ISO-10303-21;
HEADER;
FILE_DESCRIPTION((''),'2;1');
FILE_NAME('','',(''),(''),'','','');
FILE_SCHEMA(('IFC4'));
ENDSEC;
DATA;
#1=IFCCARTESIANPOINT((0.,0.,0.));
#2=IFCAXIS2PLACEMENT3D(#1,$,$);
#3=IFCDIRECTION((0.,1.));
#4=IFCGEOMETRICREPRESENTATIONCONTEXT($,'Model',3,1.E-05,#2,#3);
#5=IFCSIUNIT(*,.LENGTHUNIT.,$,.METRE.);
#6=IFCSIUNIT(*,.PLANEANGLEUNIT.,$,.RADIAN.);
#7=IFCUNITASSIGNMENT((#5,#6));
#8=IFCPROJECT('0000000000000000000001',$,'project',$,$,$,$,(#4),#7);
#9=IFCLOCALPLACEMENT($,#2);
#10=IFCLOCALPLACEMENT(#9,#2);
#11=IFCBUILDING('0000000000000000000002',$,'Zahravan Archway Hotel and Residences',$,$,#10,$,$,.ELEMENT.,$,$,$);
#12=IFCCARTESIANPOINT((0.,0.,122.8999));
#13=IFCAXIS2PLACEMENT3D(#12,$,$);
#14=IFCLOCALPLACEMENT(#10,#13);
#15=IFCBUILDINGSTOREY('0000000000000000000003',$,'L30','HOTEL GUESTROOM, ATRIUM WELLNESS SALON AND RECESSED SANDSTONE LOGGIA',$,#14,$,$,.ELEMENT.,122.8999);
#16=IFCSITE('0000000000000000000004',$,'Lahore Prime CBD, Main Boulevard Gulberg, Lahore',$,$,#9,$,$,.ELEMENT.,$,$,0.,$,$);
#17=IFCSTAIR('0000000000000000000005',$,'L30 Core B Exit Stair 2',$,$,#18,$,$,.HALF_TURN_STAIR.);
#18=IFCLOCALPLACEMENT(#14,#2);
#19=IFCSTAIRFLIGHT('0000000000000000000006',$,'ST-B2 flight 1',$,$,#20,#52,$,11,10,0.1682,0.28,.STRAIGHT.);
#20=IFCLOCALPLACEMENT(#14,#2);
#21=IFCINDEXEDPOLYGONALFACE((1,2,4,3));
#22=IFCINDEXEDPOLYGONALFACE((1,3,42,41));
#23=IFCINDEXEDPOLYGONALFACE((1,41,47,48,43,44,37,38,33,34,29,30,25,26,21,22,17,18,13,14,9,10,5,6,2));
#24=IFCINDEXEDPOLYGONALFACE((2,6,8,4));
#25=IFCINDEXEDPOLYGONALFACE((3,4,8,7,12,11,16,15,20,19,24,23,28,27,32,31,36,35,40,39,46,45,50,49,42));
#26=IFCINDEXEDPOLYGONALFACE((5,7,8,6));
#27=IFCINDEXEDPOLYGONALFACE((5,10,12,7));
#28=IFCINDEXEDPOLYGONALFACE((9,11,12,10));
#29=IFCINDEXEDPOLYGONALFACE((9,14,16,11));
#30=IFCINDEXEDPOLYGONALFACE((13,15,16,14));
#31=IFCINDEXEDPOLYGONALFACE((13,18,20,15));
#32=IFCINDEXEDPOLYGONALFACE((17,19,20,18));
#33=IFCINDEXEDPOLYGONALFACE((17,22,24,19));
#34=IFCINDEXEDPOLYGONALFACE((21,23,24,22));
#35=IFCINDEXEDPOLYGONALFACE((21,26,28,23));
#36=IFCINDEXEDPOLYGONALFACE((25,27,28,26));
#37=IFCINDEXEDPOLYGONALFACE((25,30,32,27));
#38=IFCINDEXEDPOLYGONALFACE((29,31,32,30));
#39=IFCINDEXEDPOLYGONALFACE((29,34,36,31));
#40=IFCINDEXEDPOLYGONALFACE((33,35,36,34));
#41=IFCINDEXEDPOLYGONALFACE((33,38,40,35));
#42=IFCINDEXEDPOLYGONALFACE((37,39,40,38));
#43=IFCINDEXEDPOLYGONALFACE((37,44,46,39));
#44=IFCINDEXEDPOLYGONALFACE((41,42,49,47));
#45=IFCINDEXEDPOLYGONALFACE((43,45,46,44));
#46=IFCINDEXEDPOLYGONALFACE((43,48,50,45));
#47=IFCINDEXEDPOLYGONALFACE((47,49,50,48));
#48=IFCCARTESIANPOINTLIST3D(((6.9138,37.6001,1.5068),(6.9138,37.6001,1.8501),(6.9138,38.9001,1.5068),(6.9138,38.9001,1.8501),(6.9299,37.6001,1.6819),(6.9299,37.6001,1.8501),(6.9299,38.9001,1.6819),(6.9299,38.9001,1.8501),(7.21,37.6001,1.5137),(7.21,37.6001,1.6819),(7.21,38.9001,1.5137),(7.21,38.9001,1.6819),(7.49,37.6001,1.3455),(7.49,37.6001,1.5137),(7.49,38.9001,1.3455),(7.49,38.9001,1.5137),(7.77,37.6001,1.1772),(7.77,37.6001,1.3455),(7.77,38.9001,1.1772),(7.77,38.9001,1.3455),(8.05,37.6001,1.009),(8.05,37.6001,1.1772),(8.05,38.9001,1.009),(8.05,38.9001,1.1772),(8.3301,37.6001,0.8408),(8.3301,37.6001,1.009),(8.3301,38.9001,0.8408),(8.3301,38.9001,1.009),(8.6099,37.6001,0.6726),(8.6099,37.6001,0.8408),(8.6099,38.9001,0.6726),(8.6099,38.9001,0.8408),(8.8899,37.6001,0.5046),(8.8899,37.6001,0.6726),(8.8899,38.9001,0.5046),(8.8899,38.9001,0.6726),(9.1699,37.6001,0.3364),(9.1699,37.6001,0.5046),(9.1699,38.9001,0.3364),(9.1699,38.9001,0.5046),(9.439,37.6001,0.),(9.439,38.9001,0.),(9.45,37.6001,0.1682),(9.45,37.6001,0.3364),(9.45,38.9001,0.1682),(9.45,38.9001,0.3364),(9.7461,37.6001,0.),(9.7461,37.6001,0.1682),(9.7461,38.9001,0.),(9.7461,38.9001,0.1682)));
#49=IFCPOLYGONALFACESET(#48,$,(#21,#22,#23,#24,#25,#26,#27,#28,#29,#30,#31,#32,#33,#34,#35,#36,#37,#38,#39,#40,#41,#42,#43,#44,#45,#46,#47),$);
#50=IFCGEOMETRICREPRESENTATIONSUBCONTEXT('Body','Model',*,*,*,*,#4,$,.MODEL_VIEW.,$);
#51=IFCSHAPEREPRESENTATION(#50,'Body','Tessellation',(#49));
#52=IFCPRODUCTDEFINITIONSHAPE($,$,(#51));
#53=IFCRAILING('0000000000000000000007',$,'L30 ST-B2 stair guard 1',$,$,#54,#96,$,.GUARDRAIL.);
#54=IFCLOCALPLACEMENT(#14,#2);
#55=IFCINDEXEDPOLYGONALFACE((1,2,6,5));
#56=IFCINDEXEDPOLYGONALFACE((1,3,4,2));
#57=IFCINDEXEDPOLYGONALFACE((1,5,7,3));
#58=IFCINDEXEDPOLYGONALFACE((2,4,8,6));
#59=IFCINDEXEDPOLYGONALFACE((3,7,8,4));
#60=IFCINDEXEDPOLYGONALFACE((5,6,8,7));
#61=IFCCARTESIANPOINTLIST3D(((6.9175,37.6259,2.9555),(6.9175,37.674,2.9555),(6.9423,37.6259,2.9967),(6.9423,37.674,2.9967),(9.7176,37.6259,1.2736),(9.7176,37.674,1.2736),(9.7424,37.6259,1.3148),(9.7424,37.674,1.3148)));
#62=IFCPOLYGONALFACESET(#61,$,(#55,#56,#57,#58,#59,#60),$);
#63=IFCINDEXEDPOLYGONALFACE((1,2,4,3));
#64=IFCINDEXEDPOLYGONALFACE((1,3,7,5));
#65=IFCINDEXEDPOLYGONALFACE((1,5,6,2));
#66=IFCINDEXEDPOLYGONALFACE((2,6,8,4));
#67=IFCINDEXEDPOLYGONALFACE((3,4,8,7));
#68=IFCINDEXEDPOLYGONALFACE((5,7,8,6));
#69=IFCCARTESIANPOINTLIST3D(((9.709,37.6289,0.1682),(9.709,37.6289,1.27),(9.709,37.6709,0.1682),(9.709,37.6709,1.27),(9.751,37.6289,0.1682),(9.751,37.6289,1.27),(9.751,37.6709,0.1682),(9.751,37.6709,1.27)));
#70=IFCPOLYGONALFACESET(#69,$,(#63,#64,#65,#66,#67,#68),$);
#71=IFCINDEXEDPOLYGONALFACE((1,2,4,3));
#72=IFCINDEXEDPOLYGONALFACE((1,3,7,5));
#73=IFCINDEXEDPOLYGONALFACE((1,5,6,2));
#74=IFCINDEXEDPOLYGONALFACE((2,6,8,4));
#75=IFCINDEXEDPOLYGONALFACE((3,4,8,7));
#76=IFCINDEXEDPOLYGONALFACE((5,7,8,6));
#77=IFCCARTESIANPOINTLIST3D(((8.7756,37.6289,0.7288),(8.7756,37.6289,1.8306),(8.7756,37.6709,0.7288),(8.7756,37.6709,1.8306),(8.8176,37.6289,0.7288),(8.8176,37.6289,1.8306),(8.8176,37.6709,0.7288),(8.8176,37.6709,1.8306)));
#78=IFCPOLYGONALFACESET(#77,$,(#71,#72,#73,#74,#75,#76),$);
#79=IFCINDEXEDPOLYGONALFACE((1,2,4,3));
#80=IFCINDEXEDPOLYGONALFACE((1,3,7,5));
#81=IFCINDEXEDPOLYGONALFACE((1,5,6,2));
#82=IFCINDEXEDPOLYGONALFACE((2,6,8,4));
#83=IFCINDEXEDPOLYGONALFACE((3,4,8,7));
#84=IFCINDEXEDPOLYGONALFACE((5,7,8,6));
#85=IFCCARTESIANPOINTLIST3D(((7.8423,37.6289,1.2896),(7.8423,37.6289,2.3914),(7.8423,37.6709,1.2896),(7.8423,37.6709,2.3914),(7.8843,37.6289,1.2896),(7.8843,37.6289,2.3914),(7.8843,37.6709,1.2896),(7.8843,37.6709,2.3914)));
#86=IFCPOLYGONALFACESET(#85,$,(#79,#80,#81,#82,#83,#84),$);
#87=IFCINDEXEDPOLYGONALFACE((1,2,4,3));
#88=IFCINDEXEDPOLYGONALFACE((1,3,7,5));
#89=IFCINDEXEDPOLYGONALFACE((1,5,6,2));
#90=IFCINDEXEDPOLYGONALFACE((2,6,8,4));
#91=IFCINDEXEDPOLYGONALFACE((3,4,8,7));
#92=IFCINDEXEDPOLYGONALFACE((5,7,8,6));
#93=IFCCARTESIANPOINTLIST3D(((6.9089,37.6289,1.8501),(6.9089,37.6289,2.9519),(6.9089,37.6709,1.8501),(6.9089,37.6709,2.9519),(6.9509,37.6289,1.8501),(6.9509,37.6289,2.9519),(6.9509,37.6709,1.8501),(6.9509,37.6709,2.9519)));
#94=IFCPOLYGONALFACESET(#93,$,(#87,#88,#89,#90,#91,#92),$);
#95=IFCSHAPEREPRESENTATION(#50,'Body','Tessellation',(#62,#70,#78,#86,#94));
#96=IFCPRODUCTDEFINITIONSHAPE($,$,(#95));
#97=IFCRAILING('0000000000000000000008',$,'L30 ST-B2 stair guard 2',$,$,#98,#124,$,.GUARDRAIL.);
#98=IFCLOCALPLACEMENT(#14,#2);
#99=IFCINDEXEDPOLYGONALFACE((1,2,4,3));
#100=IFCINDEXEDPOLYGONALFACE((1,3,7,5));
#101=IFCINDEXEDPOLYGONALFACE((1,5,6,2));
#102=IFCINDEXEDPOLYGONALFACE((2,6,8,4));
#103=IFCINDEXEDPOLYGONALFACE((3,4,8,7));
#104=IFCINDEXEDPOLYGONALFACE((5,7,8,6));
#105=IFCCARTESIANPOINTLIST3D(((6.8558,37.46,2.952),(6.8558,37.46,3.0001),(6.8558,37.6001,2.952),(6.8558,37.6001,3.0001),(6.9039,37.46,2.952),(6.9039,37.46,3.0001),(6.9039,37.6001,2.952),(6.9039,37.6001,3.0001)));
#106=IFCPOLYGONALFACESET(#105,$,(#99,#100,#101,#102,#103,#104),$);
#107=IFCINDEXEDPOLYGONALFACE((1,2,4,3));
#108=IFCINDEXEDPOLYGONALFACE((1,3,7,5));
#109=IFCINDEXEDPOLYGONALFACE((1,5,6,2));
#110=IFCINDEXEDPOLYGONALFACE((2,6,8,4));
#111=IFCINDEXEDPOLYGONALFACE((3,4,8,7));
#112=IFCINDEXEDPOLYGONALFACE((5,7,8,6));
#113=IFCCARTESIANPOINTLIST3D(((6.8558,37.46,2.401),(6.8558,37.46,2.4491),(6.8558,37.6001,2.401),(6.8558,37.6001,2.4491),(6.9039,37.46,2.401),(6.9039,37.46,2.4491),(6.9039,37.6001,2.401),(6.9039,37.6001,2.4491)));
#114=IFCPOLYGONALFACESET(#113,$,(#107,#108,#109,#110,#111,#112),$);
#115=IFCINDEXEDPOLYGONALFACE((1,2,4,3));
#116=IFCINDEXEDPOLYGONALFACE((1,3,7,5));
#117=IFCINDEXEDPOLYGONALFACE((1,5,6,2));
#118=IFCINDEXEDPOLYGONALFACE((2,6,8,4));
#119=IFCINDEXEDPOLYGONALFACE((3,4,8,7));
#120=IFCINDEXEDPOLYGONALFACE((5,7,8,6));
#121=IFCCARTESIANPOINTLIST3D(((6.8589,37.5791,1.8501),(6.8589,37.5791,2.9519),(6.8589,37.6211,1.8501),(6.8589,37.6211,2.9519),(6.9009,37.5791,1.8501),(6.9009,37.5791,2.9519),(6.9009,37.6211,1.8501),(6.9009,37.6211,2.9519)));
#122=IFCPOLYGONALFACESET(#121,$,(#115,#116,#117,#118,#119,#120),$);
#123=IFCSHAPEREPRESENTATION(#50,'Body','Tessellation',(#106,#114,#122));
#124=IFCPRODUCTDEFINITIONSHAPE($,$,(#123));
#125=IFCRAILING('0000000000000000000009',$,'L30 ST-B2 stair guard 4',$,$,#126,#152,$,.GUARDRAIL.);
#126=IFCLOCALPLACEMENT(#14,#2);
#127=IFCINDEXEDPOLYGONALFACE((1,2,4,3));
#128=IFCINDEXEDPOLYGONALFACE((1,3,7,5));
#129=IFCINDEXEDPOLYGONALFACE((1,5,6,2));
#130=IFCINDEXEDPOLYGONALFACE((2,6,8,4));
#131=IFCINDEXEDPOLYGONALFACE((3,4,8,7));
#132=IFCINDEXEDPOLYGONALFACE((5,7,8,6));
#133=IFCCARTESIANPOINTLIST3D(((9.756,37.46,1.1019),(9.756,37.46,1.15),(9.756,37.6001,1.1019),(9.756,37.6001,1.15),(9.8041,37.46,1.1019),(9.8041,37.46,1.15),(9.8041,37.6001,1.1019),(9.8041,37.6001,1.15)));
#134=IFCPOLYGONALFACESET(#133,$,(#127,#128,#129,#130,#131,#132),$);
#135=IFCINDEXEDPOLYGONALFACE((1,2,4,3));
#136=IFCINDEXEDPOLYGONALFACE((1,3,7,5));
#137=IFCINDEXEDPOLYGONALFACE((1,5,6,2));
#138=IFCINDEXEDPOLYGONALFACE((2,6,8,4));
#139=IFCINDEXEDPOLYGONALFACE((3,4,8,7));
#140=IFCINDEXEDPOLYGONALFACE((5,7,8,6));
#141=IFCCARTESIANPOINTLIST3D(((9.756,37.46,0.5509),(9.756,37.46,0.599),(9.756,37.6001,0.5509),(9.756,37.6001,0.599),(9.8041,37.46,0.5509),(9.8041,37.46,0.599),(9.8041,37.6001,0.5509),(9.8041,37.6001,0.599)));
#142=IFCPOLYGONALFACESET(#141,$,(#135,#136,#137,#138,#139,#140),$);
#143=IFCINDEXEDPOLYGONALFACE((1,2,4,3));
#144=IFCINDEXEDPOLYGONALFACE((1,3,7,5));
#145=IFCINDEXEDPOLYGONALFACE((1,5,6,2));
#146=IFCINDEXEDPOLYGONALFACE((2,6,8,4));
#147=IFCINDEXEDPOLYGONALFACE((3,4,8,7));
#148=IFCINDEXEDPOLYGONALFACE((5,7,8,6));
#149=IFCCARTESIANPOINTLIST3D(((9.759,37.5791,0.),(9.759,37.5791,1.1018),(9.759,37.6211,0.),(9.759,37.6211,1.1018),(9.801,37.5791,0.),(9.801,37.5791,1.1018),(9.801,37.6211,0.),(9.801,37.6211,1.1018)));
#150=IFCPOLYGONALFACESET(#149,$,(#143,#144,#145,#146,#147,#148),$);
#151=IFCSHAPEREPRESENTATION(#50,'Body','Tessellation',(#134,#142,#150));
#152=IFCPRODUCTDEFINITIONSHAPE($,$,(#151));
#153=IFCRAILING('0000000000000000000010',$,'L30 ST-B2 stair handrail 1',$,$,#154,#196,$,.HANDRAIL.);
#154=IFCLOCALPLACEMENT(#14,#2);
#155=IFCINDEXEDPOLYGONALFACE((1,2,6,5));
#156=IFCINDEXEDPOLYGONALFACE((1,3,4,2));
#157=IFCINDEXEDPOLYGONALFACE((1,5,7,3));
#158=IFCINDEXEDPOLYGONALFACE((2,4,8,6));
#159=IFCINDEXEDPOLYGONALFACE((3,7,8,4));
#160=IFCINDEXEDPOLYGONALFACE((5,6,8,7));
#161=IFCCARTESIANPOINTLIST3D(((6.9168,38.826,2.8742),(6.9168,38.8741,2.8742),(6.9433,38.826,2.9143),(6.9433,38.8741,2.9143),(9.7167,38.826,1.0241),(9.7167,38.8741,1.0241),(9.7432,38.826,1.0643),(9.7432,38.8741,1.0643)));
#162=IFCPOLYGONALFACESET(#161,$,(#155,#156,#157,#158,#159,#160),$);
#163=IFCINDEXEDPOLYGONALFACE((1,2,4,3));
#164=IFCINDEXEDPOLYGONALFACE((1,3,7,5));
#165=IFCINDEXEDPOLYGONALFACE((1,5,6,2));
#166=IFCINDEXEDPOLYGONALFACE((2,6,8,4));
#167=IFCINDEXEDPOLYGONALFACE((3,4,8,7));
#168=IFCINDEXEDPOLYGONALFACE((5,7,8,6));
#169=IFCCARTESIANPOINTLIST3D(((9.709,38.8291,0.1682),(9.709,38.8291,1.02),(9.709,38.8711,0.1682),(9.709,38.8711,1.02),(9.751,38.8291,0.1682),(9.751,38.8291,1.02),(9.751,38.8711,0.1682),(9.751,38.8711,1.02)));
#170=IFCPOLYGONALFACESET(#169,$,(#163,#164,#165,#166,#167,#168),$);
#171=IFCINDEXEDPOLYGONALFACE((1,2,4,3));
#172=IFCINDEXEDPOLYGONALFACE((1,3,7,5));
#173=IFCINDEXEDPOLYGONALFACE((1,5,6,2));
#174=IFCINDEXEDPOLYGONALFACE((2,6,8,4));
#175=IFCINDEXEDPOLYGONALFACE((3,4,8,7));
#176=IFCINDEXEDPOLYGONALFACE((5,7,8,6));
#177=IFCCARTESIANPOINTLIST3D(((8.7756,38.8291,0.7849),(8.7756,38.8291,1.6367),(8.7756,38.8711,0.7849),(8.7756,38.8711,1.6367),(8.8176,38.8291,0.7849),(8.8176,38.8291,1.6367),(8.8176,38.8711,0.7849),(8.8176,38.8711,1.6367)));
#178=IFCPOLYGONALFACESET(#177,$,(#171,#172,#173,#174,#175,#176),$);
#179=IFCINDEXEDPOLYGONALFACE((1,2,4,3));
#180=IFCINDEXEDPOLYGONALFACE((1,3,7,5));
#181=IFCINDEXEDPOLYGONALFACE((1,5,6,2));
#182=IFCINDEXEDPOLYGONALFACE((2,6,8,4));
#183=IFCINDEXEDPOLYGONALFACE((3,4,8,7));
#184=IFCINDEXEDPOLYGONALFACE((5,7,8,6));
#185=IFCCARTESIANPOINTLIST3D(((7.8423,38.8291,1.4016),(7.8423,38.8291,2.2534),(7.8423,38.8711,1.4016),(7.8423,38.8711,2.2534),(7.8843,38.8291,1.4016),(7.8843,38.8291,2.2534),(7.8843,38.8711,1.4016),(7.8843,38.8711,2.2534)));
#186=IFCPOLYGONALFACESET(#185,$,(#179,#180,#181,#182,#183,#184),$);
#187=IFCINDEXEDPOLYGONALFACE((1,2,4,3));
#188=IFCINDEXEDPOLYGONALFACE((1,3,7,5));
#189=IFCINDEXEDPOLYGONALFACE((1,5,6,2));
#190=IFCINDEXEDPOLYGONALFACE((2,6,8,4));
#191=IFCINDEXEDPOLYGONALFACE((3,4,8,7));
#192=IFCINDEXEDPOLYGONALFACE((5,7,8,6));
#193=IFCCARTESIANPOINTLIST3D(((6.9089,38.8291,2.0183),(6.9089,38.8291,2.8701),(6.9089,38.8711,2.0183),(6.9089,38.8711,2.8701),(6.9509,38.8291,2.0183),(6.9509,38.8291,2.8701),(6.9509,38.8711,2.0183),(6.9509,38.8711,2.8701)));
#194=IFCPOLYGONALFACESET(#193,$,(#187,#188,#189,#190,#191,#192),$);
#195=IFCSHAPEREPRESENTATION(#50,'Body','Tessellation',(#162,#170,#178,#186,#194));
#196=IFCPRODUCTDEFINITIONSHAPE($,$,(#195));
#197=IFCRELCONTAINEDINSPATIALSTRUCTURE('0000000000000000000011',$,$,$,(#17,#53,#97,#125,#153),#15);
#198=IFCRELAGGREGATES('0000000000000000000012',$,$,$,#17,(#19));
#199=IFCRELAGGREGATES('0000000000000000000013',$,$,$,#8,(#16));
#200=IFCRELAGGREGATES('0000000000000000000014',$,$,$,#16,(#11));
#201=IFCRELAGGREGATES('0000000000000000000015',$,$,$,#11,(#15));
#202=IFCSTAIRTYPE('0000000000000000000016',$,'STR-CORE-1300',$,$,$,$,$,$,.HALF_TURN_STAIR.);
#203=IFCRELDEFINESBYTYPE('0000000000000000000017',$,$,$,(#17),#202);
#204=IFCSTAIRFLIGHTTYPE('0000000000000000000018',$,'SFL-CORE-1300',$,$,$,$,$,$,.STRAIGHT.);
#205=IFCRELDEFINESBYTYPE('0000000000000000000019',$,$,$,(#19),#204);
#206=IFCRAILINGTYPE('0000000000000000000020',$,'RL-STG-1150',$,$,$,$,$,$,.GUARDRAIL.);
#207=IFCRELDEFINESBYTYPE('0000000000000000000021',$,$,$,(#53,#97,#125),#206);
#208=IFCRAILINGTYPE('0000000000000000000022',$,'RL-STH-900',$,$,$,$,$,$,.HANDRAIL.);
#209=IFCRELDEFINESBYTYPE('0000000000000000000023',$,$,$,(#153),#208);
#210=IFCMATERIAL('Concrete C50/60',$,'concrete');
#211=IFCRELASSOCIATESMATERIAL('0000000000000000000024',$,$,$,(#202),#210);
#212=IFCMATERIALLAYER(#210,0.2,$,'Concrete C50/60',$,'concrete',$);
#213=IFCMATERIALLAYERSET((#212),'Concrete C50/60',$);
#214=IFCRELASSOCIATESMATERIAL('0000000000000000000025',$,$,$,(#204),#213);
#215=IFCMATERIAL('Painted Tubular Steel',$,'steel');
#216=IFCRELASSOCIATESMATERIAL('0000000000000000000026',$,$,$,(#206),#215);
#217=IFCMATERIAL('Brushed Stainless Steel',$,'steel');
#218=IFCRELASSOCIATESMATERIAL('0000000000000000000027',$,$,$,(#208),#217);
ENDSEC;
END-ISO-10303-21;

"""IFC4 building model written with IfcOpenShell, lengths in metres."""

from ifc_helpers import new_model, si_unit, direction, frame, origin, origin_2d, place, context, subcontext, project, spatial, polyline, rectangle, outline, extrude, source, transform, mapped, material, layer, layer_set, type_object, element, aggregate, save


model = new_model("IFC4")

# Units and contexts
model_context = context("Model", 3, precision=1e-05, world=origin(), true_north=direction((0.0, 1.0)))
body_context = subcontext(model_context, "Body", "Model", "MODEL_VIEW")
ifc_project = project(units=[si_unit("LENGTHUNIT", "METRE"), si_unit("PLANEANGLEUNIT", "RADIAN")], contexts=[model_context])

# Site, building, storey
site_placement = place(None, origin())
site = spatial("IfcSite", under=ifc_project, at=site_placement, Name="Lahore Prime CBD, Main Boulevard Gulberg, Lahore", CompositionType="ELEMENT", RefElevation=0.0)
building_placement = place(site_placement, origin())
building = spatial("IfcBuilding", under=site, at=building_placement, Name="Zahravan Archway Hotel and Residences", CompositionType="ELEMENT")
storey_placement = place(building_placement, frame((0.0, 0.0, 122.8999)))
storey = spatial("IfcBuildingStorey", under=building, at=storey_placement, Name="L30", Description="HOTEL GUESTROOM, ATRIUM WELLNESS SALON AND RECESSED SANDSTONE LOGGIA", CompositionType="ELEMENT", Elevation=122.8999)

# Shared definitions
ifc_material_1 = material(Name="Concrete C50/60", Category="concrete")

# Stair, stair flight
stair_type = type_object("IfcStairType", Name="STR-CORE-1300", PredefinedType="HALF_TURN_STAIR", material=ifc_material_1)
stair_placement = place(storey_placement, origin())
stair = element("IfcStair", 1, at=stair_placement, inside=storey, type_object=stair_type, Name="L30 Core B Exit Stair 2", PredefinedType="HALF_TURN_STAIR")
ifc_layer_1 = layer(ifc_material_1, 0.2, Name="Concrete C50/60", Category="concrete")
ifc_layer_set_1 = layer_set([ifc_layer_1], Name="Concrete C50/60")
stair_flight_type = type_object("IfcStairFlightType", Name="SFL-CORE-1300", PredefinedType="STRAIGHT", material=ifc_layer_set_1)
shared_shape_1 = source(origin(), body_context, "Body", "SweptSolid", [
    extrude(outline(polyline([(-0.0161, 0.0), (-0.0161, 0.1682), (0.28, 0.1682), (0.28, 0.3364), (0.5601, 0.3364), (0.5601, 0.5046), (0.8401, 0.5046), (0.8401, 0.6726), (1.1201, 0.6726), (1.1201, 0.8408), (1.3999, 0.8408), (1.3999, 1.009), (1.6799, 1.009), (1.6799, 1.1772), (1.96, 1.1772), (1.96, 1.3455), (2.24, 1.3455), (2.24, 1.5137), (2.52, 1.5137), (2.52, 1.6819), (2.8, 1.6819), (2.8, 1.8501), (2.8162, 1.8501), (2.8162, 1.5068), (0.291, 0.0), (-0.0161, 0.0)])), frame((0.0, 0.6499, 0.0), z_axis=(0.0, -1.0, 0.0), x_axis=(1.0, 0.0, 0.0)), (0.0, 0.0, 1.0), 1.3),
])
stair_flight_placement = place(storey_placement, frame((9.73, 38.25, 0.0), z_axis=(0.0, 0.0, 1.0), x_axis=(-1.0, 0.0, 0.0)))
stair_flight = element("IfcStairFlight", 2, at=stair_flight_placement, type_object=stair_flight_type, Name="ST-B2 flight 1", NumberOfRisers=11, NumberOfTreads=10, PredefinedType="STRAIGHT", RiserHeight=0.1682, TreadLength=0.28, context=body_context, shape_type="MappedRepresentation", body=[
    mapped(shared_shape_1, transform((0.0, 0.0, 0.0), scale=1.0)),
])
aggregate(stair, [stair_flight])

# Railings
ifc_material_2 = material(Name="Painted Tubular Steel", Category="steel")
railing_type_1 = type_object("IfcRailingType", Name="RL-STG-1150", PredefinedType="GUARDRAIL", material=ifc_material_2)
railing_1_placement = place(storey_placement, frame((9.73, 37.6499, 0.1682)))
element("IfcRailing", 3, at=railing_1_placement, inside=storey, type_object=railing_type_1, Name="L30 ST-B2 stair guard 1", PredefinedType="GUARDRAIL", context=body_context, shape_type="SweptSolid", body=[
    extrude(rectangle(XDim=0.0481, YDim=0.0481, at=origin_2d()), frame((0.0, 0.0, 1.126), z_axis=(-0.857242, 0.0, 0.514913), x_axis=(0.0, -1.0, 0.0)), (0.0, 0.0, 1.0), 3.2664),
    extrude(rectangle(XDim=0.042, YDim=0.042, at=origin_2d()), origin(), (0.0, 0.0, 1.0), 1.1018),
    extrude(rectangle(XDim=0.042, YDim=0.042, at=origin_2d()), frame((-0.9333, 0.0, 0.5605)), (0.0, 0.0, 1.0), 1.1018),
    extrude(rectangle(XDim=0.042, YDim=0.042, at=origin_2d()), frame((-1.8667, 0.0, 1.1213)), (0.0, 0.0, 1.0), 1.1018),
    extrude(rectangle(XDim=0.042, YDim=0.042, at=origin_2d()), frame((-2.8, 0.0, 1.6819)), (0.0, 0.0, 1.0), 1.1018),
])
for number, where, name in (
    (4, (6.8799, 37.6001, 1.8501), "L30 ST-B2 stair guard 2"),
    (5, (9.78, 37.6001, 0.0), "L30 ST-B2 stair guard 4"),
):
    element("IfcRailing", number, at=place(storey_placement, frame(where)), inside=storey, type_object=railing_type_1, Name=name, PredefinedType="GUARDRAIL", context=body_context, shape_type="SweptSolid", body=[
        extrude(rectangle(XDim=0.0481, YDim=0.0481, at=origin_2d()), frame((0.0, 0.0, 1.126), z_axis=(0.0, -1.0, 0.0), x_axis=(1.0, 0.0, 0.0)), (0.0, 0.0, 1.0), 0.1401),
        extrude(rectangle(XDim=0.0481, YDim=0.0481, at=origin_2d()), frame((0.0, 0.0, 0.575), z_axis=(0.0, -1.0, 0.0), x_axis=(1.0, 0.0, 0.0)), (0.0, 0.0, 1.0), 0.1401),
        extrude(rectangle(XDim=0.042, YDim=0.042, at=origin_2d()), origin(), (0.0, 0.0, 1.0), 1.1018),
    ])
ifc_material_3 = material(Name="Brushed Stainless Steel", Category="steel")
railing_type_2 = type_object("IfcRailingType", Name="RL-STH-900", PredefinedType="HANDRAIL", material=ifc_material_3)
railing_2_placement = place(storey_placement, frame((9.73, 38.8501, 0.1682)))
element("IfcRailing", 6, at=railing_2_placement, inside=storey, type_object=railing_type_2, Name="L30 ST-B2 stair handrail 1", PredefinedType="HANDRAIL", context=body_context, shape_type="SweptSolid", body=[
    extrude(rectangle(XDim=0.0481, YDim=0.0481, at=origin_2d()), frame((0.0, 0.0, 0.876), z_axis=(-0.834326, 0.0, 0.551271), x_axis=(0.0, -1.0, 0.0)), (0.0, 0.0, 1.0), 3.356),
    extrude(rectangle(XDim=0.042, YDim=0.042, at=origin_2d()), origin(), (0.0, 0.0, 1.0), 0.8518),
    extrude(rectangle(XDim=0.042, YDim=0.042, at=origin_2d()), frame((-0.9333, 0.0, 0.6167)), (0.0, 0.0, 1.0), 0.8518),
    extrude(rectangle(XDim=0.042, YDim=0.042, at=origin_2d()), frame((-1.8667, 0.0, 1.2334)), (0.0, 0.0, 1.0), 0.8518),
    extrude(rectangle(XDim=0.042, YDim=0.042, at=origin_2d()), frame((-2.8, 0.0, 1.8501)), (0.0, 0.0, 1.0), 0.8518),
])

save(model, "model.ifc")
